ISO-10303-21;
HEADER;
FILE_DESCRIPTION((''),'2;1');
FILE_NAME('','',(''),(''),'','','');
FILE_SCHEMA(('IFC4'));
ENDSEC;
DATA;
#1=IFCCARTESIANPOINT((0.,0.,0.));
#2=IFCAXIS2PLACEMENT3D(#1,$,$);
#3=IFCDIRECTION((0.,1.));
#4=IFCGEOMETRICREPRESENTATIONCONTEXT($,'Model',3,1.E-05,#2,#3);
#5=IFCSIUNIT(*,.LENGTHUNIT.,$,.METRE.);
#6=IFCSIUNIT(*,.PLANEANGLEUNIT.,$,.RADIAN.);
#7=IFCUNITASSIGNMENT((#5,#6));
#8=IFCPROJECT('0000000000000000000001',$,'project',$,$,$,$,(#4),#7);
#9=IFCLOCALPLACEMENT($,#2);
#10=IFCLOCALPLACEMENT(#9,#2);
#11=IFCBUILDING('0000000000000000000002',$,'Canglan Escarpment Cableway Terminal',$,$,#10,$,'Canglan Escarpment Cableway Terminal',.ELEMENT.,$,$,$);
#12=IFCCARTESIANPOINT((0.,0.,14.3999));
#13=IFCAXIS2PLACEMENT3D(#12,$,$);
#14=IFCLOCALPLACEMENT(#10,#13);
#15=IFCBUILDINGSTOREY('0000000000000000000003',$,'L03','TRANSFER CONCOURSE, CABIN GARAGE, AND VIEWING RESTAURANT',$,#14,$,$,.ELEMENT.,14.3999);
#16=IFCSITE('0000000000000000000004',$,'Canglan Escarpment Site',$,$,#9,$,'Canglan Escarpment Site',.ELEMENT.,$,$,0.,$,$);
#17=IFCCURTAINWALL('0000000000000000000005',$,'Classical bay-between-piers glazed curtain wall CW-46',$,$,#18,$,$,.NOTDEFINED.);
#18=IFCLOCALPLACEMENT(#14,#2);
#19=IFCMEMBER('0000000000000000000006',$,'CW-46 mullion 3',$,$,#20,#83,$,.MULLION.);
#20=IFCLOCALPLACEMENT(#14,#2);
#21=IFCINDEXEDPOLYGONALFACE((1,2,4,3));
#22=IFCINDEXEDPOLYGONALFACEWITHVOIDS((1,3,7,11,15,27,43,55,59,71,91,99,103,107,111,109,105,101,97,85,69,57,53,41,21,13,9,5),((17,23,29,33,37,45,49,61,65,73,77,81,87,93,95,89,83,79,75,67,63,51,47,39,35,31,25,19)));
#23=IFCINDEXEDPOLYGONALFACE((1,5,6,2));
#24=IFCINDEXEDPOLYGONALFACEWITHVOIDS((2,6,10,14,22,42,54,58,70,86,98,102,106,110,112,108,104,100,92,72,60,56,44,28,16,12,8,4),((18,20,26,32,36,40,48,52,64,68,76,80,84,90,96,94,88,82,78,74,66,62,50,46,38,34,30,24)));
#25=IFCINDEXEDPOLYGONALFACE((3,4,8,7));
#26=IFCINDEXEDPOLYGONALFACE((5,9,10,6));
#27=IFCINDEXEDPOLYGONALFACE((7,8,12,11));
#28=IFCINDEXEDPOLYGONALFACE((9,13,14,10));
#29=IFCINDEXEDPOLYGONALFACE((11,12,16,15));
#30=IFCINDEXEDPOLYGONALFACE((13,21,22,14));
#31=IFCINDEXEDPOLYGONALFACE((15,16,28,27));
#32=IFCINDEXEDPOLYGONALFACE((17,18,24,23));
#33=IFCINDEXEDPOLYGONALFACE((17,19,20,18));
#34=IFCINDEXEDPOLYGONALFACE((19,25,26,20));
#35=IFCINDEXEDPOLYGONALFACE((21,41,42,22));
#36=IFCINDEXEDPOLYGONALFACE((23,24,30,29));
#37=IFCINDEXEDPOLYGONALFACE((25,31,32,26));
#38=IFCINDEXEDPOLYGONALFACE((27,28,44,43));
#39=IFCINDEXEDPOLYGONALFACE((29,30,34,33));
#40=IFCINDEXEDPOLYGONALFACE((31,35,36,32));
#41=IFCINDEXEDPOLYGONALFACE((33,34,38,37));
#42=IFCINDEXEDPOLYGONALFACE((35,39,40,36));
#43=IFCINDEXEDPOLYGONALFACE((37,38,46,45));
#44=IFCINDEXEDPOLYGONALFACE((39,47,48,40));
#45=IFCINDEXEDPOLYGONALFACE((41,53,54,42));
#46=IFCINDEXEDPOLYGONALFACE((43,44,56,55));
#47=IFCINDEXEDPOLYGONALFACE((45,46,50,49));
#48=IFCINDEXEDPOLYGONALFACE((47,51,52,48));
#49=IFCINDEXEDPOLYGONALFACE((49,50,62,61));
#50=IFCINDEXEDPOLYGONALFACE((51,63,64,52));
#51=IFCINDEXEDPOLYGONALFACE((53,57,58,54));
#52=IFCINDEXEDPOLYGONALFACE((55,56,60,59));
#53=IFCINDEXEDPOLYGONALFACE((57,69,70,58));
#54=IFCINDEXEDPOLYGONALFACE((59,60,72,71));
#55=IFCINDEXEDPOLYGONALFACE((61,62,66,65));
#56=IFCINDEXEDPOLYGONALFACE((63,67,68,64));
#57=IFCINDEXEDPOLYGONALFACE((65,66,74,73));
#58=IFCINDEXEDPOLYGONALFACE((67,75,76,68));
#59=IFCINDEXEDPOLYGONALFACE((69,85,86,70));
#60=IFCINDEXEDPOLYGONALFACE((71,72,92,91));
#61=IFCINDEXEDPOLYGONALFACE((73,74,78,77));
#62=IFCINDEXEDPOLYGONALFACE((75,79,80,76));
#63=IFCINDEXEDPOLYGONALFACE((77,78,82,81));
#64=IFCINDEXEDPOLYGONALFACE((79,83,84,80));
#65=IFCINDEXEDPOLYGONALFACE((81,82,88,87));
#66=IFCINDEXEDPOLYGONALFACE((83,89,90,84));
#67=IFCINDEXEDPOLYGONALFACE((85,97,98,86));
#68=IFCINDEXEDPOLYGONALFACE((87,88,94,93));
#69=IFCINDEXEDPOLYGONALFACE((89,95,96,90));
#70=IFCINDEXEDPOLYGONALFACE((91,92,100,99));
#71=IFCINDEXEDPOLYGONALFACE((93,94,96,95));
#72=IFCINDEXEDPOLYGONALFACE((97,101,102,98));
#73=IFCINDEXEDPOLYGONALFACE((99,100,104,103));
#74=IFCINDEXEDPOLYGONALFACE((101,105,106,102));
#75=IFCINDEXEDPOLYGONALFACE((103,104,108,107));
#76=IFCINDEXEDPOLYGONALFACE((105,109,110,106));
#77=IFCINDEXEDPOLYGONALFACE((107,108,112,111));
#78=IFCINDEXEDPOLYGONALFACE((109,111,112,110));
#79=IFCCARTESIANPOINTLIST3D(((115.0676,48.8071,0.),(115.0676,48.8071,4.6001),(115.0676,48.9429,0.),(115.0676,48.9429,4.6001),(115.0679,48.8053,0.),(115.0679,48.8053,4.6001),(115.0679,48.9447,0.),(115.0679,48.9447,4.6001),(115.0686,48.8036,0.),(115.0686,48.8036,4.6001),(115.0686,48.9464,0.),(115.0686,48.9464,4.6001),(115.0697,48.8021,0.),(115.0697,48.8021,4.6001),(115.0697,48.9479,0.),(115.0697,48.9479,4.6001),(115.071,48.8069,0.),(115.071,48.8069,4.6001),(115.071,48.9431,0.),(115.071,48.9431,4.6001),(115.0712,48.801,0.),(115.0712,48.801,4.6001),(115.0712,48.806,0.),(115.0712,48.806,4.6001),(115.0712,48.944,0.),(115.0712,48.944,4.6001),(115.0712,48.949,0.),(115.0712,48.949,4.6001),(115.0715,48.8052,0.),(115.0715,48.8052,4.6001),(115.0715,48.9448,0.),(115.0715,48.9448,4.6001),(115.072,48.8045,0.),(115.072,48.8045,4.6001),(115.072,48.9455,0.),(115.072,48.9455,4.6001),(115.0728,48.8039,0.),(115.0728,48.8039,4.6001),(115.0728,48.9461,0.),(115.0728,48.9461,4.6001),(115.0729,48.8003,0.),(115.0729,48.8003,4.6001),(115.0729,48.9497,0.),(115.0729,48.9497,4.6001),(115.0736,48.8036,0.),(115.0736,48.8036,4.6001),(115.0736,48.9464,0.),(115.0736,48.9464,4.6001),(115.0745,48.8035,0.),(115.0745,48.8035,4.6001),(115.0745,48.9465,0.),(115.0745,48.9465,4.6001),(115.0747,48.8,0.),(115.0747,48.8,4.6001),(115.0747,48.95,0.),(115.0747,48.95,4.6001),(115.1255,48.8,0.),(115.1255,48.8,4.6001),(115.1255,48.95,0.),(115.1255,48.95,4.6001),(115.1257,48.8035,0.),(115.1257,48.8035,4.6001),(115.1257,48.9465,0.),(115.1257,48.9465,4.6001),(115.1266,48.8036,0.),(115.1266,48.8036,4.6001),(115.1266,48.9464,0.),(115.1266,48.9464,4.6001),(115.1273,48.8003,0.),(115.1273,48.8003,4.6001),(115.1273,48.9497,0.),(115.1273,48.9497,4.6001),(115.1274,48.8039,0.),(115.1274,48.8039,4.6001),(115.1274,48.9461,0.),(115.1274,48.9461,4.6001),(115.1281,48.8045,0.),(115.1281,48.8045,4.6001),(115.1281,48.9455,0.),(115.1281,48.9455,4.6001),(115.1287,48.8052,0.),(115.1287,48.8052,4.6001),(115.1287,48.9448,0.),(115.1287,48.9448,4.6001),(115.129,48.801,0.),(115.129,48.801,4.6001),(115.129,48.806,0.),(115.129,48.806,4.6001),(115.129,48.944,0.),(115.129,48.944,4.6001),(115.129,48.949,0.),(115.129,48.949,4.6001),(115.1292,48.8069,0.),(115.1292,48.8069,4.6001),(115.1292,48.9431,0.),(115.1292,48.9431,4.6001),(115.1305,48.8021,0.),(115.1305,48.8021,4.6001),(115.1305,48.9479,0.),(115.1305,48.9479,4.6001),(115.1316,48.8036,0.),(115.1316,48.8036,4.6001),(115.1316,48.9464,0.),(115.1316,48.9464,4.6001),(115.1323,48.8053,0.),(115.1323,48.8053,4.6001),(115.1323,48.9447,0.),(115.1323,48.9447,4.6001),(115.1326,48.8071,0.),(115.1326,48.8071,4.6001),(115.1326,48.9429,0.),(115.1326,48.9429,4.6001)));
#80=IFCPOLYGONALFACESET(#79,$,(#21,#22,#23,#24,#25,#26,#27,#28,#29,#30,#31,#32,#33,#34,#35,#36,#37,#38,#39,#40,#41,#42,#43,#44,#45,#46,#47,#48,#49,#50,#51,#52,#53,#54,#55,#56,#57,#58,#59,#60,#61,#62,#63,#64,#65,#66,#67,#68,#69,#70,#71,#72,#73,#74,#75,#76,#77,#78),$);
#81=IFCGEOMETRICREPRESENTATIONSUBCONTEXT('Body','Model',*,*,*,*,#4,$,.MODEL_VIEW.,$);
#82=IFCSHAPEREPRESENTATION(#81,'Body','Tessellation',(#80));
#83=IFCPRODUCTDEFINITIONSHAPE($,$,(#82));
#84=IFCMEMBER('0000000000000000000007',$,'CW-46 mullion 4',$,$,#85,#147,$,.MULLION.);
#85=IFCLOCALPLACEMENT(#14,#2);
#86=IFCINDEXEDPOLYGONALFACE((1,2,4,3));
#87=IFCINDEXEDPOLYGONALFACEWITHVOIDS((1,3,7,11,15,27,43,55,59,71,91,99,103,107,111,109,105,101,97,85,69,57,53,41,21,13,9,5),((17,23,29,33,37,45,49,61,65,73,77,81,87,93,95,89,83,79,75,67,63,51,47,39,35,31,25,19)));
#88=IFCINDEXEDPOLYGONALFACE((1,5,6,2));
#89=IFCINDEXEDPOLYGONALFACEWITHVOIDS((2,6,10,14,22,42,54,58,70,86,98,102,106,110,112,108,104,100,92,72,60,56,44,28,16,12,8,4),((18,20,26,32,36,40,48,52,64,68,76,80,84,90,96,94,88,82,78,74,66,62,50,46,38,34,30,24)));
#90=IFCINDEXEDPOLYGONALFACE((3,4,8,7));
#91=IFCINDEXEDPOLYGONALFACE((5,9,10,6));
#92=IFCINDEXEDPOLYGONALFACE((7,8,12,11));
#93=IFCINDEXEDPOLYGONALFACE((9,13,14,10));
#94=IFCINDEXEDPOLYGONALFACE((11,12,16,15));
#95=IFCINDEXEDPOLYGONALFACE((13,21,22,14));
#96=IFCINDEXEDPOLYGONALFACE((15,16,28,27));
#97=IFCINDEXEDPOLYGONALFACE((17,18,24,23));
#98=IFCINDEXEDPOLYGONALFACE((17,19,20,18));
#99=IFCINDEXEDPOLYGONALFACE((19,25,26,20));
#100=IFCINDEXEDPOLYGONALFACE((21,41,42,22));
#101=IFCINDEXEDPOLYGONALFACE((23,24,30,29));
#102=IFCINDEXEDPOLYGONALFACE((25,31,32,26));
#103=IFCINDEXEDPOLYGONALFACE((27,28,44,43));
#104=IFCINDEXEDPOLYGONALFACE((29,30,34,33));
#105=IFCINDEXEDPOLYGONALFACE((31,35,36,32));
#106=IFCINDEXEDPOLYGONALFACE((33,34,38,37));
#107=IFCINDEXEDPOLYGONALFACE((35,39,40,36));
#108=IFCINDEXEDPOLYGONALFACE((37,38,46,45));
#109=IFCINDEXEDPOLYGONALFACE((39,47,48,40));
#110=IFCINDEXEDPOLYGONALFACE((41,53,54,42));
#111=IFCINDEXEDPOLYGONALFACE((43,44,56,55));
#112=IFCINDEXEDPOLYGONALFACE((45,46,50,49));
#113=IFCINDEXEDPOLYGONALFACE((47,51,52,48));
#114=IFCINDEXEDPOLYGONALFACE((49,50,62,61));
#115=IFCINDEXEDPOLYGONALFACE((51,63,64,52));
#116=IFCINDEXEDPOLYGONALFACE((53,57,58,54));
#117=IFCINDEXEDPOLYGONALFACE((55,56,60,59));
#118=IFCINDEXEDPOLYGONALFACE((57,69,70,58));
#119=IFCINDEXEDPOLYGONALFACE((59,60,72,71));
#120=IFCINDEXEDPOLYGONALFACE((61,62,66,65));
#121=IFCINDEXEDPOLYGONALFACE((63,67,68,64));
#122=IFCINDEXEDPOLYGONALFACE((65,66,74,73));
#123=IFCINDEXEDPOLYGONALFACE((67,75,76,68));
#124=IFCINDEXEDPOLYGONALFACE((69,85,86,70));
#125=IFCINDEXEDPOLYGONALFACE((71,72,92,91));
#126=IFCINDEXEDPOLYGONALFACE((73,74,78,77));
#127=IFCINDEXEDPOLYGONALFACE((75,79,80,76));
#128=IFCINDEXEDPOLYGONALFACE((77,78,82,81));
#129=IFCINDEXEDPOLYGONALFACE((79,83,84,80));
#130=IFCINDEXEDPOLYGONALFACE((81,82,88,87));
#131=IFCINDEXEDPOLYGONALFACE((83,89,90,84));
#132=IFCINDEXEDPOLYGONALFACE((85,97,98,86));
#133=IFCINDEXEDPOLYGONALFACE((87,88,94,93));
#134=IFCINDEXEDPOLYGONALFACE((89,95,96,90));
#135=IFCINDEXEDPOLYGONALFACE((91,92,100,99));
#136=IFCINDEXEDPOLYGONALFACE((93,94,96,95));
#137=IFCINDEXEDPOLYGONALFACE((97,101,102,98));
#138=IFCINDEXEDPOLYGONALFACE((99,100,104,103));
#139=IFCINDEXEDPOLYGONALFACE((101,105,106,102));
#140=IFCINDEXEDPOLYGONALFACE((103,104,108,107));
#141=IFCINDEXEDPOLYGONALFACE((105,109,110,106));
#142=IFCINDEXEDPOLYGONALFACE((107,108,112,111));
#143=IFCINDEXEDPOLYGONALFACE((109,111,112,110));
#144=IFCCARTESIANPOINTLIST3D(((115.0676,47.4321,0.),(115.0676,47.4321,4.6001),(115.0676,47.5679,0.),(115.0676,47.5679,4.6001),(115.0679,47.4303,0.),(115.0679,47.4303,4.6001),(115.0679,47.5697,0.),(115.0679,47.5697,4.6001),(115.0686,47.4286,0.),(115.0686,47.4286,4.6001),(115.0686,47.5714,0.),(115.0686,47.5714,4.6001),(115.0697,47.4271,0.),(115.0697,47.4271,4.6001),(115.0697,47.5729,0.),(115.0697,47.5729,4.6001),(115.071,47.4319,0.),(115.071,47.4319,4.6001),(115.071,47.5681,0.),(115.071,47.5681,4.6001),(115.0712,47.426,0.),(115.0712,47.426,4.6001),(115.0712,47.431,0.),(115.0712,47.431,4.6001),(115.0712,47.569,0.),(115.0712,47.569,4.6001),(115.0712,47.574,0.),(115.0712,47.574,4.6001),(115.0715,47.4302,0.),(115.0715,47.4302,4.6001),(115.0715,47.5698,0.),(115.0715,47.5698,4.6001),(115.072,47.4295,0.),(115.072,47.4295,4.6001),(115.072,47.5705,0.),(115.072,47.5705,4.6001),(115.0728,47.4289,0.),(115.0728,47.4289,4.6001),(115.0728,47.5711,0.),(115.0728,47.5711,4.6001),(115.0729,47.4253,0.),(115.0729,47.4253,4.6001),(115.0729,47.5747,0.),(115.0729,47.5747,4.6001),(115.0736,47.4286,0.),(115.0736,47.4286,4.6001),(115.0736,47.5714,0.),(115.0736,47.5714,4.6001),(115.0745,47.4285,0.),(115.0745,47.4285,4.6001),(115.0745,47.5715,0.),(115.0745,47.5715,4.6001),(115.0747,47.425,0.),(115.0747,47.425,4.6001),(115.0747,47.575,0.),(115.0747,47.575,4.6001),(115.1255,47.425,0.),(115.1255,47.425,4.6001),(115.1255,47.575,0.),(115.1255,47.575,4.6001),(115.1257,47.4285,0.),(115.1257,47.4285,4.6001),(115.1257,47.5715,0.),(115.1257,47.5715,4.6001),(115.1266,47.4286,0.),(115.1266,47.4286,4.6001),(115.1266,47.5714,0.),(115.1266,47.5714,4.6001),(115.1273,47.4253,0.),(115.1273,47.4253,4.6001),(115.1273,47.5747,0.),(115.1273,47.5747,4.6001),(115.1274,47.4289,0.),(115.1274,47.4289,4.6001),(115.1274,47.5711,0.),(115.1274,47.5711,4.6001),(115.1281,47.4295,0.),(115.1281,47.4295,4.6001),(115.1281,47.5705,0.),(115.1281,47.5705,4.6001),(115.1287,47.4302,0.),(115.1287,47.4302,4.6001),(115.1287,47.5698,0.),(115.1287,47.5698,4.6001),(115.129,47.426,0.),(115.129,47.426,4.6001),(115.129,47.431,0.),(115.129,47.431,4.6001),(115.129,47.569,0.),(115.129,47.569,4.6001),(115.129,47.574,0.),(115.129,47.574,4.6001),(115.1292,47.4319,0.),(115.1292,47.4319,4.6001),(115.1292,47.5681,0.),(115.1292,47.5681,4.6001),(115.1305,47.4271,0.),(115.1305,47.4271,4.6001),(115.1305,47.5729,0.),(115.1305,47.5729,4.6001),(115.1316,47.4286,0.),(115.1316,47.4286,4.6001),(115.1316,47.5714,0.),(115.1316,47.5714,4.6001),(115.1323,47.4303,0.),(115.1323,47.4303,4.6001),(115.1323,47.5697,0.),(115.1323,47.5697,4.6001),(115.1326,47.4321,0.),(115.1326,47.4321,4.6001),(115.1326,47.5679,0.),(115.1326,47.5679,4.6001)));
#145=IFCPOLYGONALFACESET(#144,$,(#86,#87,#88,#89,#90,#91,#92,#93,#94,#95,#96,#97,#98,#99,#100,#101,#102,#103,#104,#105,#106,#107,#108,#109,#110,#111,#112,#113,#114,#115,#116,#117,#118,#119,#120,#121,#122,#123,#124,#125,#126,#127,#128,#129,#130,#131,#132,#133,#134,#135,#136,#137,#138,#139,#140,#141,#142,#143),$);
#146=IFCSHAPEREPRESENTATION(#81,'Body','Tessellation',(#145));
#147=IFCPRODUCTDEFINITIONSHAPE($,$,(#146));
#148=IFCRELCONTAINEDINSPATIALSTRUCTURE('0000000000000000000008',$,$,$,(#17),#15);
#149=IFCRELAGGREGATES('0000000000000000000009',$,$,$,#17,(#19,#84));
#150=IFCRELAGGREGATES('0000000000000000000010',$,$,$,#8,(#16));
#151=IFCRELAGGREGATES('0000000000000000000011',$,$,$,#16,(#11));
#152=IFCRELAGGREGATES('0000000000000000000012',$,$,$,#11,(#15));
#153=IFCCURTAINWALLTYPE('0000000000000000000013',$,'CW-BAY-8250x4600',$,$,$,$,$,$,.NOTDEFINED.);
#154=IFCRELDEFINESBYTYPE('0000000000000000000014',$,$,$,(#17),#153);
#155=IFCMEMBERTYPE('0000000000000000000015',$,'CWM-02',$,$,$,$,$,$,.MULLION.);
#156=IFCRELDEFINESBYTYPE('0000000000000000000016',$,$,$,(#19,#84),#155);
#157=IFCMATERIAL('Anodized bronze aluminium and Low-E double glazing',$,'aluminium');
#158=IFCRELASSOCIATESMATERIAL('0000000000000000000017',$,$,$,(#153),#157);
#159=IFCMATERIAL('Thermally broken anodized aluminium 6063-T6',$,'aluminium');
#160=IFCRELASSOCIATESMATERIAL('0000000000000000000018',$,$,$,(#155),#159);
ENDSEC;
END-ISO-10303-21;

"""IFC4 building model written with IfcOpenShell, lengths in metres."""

from ifc_helpers import new_model, si_unit, direction, frame, origin, origin_2d, place, context, subcontext, project, spatial, hollow_rectangle, extrude, material, material_profile, profile_set, type_object, element, aggregate, save


model = new_model("IFC4")

# Units and contexts
model_context = context("Model", 3, precision=1e-05, world=origin(), true_north=direction((0.0, 1.0)))
body_context = subcontext(model_context, "Body", "Model", "MODEL_VIEW")
ifc_project = project(units=[si_unit("LENGTHUNIT", "METRE"), si_unit("PLANEANGLEUNIT", "RADIAN")], contexts=[model_context])

# Site, building, storey
site_placement = place(None, origin())
site = spatial("IfcSite", under=ifc_project, at=site_placement, Name="Canglan Escarpment Site", LongName="Canglan Escarpment Site", CompositionType="ELEMENT", RefElevation=0.0)
building_placement = place(site_placement, origin())
building = spatial("IfcBuilding", under=site, at=building_placement, Name="Canglan Escarpment Cableway Terminal", LongName="Canglan Escarpment Cableway Terminal", CompositionType="ELEMENT")
storey_placement = place(building_placement, frame((0.0, 0.0, 14.3999)))
storey = spatial("IfcBuildingStorey", under=building, at=storey_placement, Name="L03", Description="TRANSFER CONCOURSE, CABIN GARAGE, AND VIEWING RESTAURANT", CompositionType="ELEMENT", Elevation=14.3999)

# Curtain wall, members
ifc_material_1 = material(Name="Anodized bronze aluminium and Low-E double glazing", Category="aluminium")
curtain_wall_type = type_object("IfcCurtainWallType", Name="CW-BAY-8250x4600", PredefinedType="NOTDEFINED", material=ifc_material_1)
curtain_wall_placement = place(storey_placement, origin())
curtain_wall = element("IfcCurtainWall", 1, at=curtain_wall_placement, inside=storey, type_object=curtain_wall_type, Name="Classical bay-between-piers glazed curtain wall CW-46", PredefinedType="NOTDEFINED")
ifc_material_2 = material(Name="Thermally broken anodized aluminium 6063-T6", Category="aluminium")
ifc_material_profile_1 = material_profile(ifc_material_2, hollow_rectangle(XDim=0.0649, YDim=0.1499, WallThickness=0.0034, InnerFilletRadius=0.0034, OuterFilletRadius=0.0071, at=origin_2d()), Name="ALU-MULL 65x150x3.5")
ifc_profile_set_1 = profile_set([ifc_material_profile_1], Name="Thermally broken anodized aluminium 6063-T6")
member_type_1 = type_object("IfcMemberType", Name="CWM-02", PredefinedType="MULLION", material=ifc_profile_set_1)
member_1_placement = place(storey_placement, frame((115.1001, 48.875, 0.0), z_axis=(0.0, 0.0, 1.0), x_axis=(1.0, 0.0, 0.0)))
member_1 = element("IfcMember", 2, at=member_1_placement, type_object=member_type_1, Name="CW-46 mullion 3", PredefinedType="MULLION", context=body_context, shape_type="SweptSolid", body=[
    extrude(hollow_rectangle(XDim=0.0649, YDim=0.1499, WallThickness=0.0034, InnerFilletRadius=0.0034, OuterFilletRadius=0.0071, at=origin_2d()), origin(), (0.0, 0.0, 1.0), 4.6001),
])
member_2_placement = place(storey_placement, frame((115.1001, 47.5, 0.0), z_axis=(0.0, 0.0, 1.0), x_axis=(1.0, 0.0, 0.0)))
member_2 = element("IfcMember", 3, at=member_2_placement, type_object=member_type_1, Name="CW-46 mullion 4", PredefinedType="MULLION", context=body_context, shape_type="SweptSolid", body=[
    extrude(hollow_rectangle(XDim=0.0649, YDim=0.1499, WallThickness=0.0034, InnerFilletRadius=0.0034, OuterFilletRadius=0.0071, at=origin_2d()), origin(), (0.0, 0.0, 1.0), 4.6001),
])
aggregate(curtain_wall, [member_1, member_2])

save(model, "model.ifc")
